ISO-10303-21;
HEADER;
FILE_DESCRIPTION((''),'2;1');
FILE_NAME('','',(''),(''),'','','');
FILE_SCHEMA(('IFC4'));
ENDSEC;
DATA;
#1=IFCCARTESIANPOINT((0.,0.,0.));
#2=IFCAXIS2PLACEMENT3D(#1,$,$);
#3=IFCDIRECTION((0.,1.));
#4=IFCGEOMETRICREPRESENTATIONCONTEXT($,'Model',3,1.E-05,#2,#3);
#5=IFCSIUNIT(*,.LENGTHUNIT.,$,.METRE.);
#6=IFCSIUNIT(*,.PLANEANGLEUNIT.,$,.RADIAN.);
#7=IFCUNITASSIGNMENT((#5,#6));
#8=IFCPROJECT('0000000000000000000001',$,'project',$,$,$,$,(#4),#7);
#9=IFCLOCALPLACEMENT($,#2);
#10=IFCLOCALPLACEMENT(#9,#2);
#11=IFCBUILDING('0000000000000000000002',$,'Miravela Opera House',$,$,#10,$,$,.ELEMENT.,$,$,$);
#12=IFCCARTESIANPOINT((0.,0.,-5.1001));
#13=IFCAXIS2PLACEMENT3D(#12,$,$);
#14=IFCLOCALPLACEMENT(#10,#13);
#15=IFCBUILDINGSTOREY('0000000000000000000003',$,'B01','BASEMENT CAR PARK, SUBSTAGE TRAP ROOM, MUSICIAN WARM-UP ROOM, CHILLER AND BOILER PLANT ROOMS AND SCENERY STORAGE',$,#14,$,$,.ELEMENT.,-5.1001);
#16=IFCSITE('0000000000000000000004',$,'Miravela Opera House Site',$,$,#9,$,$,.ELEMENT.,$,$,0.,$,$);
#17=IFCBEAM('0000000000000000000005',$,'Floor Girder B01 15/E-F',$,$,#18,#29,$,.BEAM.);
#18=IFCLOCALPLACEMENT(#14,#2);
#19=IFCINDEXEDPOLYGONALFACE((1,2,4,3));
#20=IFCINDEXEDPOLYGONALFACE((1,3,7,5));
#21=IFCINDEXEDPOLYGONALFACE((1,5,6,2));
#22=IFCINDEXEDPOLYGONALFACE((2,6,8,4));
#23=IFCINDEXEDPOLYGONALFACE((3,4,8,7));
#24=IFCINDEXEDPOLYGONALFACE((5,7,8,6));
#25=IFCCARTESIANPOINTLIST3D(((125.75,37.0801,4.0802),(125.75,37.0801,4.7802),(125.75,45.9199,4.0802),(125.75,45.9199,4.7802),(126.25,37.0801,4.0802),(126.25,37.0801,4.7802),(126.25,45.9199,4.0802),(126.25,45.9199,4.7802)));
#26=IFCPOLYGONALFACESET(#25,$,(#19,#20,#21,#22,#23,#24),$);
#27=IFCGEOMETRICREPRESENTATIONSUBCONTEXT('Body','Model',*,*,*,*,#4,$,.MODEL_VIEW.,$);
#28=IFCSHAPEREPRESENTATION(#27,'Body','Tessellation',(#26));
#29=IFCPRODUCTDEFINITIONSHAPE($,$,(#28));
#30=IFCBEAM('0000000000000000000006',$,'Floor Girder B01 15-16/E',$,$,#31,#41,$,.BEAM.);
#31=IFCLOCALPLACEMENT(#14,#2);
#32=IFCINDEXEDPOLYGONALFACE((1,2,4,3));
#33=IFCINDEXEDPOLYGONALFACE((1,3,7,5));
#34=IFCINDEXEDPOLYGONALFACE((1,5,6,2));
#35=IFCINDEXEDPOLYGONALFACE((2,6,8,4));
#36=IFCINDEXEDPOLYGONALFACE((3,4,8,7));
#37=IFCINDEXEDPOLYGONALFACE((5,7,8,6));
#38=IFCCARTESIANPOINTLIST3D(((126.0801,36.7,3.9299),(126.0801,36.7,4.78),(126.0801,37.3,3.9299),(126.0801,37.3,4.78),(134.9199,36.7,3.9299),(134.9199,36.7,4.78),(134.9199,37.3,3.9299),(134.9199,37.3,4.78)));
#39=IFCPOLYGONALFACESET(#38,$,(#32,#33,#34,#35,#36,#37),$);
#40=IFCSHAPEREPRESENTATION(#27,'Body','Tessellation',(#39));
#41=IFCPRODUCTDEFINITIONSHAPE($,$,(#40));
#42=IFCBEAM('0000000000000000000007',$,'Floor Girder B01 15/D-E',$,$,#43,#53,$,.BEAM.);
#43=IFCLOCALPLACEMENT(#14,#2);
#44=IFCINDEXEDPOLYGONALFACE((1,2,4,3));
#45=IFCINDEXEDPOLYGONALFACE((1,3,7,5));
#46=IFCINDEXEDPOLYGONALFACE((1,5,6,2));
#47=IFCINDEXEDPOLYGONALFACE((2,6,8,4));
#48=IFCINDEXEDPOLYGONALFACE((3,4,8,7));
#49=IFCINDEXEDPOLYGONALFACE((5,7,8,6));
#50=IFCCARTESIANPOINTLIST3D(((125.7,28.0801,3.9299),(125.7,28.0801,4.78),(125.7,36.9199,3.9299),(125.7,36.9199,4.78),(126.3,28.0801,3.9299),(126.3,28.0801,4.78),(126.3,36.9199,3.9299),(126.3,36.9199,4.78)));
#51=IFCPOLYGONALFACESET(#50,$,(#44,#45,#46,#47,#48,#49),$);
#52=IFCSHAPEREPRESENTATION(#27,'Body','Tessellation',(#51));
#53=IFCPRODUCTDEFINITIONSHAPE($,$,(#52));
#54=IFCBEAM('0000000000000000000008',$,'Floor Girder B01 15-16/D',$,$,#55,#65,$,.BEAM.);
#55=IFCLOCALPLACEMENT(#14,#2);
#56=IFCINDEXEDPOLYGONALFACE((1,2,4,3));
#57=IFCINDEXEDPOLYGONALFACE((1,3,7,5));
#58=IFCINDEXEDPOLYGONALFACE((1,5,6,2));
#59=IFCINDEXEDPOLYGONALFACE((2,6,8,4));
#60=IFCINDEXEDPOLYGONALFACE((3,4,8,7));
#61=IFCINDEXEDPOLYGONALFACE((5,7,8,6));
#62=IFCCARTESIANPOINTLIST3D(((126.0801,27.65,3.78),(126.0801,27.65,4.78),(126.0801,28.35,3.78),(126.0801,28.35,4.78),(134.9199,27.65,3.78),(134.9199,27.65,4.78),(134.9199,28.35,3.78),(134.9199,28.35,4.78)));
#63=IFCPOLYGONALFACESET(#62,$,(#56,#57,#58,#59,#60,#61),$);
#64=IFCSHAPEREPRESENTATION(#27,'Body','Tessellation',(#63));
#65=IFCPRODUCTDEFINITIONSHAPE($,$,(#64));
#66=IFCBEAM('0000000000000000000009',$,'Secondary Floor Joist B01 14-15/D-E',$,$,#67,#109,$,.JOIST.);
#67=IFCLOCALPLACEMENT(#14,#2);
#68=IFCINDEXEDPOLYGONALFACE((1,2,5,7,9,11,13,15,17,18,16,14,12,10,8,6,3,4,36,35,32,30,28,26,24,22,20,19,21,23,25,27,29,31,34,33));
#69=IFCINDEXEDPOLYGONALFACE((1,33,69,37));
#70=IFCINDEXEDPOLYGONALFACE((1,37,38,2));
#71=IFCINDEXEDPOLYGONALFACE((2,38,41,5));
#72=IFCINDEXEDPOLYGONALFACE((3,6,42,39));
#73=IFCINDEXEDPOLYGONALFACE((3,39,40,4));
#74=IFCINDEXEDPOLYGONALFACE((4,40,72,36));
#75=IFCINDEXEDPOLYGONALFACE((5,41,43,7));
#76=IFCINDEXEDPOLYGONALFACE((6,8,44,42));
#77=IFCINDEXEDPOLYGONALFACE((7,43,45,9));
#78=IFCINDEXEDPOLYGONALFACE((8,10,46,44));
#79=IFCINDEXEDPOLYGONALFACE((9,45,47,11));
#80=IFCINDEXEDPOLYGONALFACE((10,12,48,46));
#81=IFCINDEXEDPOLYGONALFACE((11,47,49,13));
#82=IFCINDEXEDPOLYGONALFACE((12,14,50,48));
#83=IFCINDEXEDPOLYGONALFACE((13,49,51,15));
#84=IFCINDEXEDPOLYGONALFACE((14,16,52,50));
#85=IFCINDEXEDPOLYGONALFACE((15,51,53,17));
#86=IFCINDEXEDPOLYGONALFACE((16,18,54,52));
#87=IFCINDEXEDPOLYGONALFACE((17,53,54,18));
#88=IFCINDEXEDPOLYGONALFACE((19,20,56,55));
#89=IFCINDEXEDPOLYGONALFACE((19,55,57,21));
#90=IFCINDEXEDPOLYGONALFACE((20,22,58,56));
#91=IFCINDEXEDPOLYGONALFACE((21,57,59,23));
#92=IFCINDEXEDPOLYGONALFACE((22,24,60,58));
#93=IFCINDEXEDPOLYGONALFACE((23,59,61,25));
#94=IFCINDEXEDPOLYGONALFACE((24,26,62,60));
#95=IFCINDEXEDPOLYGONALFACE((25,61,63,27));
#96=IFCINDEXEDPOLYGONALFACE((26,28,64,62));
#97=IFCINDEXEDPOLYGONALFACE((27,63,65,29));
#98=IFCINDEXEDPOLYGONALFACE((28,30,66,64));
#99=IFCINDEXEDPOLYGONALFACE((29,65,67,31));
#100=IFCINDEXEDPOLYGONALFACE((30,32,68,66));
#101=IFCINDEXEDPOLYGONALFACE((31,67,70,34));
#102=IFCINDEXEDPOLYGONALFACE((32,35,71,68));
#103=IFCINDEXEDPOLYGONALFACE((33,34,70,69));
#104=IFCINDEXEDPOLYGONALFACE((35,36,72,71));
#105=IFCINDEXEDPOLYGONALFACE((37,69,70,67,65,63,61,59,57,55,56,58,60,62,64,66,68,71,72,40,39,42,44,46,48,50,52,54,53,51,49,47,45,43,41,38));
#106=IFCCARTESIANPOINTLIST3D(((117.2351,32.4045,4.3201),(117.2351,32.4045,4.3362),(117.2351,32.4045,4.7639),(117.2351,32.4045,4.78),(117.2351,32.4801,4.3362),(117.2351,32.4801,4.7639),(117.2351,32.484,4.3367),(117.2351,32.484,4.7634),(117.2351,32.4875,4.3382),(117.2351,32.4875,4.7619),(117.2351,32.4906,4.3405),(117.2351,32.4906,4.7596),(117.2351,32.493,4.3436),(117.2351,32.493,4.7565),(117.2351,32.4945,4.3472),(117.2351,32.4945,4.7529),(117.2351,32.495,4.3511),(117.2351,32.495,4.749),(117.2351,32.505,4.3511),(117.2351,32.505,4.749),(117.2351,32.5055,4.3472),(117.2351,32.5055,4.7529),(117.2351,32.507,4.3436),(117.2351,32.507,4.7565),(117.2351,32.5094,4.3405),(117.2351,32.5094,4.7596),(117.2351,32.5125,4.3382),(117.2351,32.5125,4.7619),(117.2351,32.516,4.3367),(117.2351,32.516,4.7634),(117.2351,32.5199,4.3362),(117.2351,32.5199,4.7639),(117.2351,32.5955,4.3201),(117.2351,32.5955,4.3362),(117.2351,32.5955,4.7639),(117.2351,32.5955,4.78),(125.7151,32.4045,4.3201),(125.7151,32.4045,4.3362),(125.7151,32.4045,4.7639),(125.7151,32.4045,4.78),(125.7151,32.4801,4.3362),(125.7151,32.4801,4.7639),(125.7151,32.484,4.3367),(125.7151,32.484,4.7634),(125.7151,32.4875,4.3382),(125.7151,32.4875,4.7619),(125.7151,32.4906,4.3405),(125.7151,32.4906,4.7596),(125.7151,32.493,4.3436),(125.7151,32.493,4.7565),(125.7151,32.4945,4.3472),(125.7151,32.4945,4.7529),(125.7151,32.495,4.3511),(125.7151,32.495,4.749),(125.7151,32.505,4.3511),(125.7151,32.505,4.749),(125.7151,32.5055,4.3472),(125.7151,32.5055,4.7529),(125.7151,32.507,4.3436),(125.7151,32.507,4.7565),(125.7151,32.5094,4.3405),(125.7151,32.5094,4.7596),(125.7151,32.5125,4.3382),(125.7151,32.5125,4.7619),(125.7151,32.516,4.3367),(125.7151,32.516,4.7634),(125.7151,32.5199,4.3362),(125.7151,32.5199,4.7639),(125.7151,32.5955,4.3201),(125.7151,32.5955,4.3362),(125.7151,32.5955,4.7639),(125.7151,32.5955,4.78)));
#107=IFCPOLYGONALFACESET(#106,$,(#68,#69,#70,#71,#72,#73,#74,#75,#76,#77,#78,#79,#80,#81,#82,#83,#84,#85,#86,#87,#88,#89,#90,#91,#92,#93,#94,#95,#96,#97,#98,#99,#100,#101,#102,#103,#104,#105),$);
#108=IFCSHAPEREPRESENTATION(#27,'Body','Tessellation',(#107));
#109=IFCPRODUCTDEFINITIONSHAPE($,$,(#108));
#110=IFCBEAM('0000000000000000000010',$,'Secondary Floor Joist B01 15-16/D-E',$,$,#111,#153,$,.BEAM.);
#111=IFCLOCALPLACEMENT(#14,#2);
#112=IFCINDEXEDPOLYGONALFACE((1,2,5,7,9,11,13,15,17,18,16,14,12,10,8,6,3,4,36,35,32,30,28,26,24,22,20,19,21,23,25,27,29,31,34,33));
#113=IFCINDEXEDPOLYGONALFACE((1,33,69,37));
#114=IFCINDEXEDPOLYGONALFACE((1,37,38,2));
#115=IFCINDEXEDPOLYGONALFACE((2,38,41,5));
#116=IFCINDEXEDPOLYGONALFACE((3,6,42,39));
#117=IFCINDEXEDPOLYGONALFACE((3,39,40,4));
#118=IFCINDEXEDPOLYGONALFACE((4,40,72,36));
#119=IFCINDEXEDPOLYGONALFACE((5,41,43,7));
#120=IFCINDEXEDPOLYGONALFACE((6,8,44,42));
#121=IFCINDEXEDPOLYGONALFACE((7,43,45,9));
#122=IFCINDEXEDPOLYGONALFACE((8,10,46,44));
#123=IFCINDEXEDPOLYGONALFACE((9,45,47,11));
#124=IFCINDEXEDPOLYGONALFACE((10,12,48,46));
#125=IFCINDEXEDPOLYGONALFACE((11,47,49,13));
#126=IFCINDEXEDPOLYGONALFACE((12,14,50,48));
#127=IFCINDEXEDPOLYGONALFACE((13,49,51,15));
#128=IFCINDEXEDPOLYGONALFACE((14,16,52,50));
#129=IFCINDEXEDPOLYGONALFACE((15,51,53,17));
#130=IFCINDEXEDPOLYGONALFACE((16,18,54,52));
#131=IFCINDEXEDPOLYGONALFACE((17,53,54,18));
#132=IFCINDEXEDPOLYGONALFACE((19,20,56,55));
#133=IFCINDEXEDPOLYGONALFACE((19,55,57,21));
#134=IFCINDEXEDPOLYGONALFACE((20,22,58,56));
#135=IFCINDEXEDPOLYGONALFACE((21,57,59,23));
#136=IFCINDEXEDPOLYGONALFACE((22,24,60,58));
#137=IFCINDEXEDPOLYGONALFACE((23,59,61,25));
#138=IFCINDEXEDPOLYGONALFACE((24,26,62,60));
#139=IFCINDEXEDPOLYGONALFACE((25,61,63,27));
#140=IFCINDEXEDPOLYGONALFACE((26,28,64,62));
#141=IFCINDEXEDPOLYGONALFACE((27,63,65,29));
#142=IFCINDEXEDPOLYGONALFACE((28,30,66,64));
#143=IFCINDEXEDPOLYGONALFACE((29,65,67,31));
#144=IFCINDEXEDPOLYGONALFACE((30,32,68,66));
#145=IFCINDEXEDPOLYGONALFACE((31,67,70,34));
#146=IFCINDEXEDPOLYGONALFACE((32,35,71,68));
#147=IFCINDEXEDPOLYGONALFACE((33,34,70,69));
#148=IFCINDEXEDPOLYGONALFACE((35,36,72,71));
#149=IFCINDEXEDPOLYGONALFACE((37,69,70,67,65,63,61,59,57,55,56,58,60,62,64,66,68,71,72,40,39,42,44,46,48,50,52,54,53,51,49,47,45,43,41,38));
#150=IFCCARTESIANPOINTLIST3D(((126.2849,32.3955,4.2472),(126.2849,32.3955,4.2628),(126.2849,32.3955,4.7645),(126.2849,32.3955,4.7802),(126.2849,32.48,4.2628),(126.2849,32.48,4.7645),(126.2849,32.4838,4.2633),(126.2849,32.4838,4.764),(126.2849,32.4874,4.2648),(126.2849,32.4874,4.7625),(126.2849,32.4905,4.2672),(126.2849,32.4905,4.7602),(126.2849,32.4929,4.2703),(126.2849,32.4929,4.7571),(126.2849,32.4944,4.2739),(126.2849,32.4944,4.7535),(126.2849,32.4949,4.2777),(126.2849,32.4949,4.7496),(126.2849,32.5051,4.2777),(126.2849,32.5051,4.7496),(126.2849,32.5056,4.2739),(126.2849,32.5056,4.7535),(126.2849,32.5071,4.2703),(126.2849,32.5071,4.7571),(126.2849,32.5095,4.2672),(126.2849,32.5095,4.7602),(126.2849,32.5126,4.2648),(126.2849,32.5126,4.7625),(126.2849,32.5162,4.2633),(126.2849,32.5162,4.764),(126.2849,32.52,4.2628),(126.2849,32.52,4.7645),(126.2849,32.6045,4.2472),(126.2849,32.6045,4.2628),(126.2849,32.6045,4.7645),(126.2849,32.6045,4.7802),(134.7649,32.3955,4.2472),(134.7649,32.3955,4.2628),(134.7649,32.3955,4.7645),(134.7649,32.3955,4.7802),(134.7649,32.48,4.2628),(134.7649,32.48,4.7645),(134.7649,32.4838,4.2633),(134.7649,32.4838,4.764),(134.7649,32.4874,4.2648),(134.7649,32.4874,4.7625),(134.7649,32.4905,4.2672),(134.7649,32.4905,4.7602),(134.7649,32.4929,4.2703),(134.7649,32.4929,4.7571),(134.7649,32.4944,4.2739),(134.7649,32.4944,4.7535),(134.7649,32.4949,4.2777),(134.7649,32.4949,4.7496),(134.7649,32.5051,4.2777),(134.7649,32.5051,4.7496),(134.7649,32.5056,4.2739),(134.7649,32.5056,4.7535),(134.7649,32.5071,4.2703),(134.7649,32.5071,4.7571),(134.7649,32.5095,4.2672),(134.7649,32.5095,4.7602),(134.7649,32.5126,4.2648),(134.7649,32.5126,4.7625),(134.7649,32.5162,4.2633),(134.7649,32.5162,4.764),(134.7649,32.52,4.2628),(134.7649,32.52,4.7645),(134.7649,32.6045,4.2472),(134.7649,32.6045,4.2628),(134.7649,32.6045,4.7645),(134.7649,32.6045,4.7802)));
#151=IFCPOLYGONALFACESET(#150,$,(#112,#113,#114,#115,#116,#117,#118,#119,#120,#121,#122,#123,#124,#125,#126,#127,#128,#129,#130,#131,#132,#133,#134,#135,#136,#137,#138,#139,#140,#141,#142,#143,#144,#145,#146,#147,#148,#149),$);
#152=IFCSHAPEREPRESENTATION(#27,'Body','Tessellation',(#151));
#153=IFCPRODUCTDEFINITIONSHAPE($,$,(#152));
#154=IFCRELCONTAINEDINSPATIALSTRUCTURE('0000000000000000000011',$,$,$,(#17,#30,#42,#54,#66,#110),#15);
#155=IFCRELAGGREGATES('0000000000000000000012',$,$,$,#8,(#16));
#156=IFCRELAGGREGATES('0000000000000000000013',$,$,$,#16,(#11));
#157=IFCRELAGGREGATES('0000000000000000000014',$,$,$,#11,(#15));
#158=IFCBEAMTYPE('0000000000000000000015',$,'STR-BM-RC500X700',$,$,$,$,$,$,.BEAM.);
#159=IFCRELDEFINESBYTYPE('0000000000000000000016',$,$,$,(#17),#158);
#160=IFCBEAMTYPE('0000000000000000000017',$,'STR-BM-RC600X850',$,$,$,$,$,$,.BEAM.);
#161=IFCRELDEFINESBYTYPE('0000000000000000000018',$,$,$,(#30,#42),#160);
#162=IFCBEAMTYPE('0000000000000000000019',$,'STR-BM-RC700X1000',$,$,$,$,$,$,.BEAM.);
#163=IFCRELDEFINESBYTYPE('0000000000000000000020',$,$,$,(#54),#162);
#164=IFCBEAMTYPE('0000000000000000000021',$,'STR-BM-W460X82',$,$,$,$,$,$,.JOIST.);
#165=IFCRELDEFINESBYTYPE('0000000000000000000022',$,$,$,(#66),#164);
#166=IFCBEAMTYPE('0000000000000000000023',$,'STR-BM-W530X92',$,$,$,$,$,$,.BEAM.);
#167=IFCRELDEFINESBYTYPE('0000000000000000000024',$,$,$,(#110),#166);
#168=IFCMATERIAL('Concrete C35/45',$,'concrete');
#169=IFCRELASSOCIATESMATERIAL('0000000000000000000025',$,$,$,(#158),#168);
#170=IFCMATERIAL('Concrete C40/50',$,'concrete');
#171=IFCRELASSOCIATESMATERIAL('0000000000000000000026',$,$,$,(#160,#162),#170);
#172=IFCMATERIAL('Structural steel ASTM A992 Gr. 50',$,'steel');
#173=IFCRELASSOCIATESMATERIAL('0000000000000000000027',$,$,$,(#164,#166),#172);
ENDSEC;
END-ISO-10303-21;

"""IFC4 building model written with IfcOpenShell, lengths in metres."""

from ifc_helpers import new_model, si_unit, direction, frame, origin, origin_2d, place, context, subcontext, project, spatial, rectangle, i_section, extrude, material, material_profile, profile_set, type_object, element, save


model = new_model("IFC4")

# Units and contexts
model_context = context("Model", 3, precision=1e-05, world=origin(), true_north=direction((0.0, 1.0)))
body_context = subcontext(model_context, "Body", "Model", "MODEL_VIEW")
ifc_project = project(units=[si_unit("LENGTHUNIT", "METRE"), si_unit("PLANEANGLEUNIT", "RADIAN")], contexts=[model_context])

# Site, building, storey
site_placement = place(None, origin())
site = spatial("IfcSite", under=ifc_project, at=site_placement, Name="Miravela Opera House Site", CompositionType="ELEMENT", RefElevation=0.0)
building_placement = place(site_placement, origin())
building = spatial("IfcBuilding", under=site, at=building_placement, Name="Miravela Opera House", CompositionType="ELEMENT")
storey_placement = place(building_placement, frame((0.0, 0.0, -5.1001)))
storey = spatial("IfcBuildingStorey", under=building, at=storey_placement, Name="B01", Description="BASEMENT CAR PARK, SUBSTAGE TRAP ROOM, MUSICIAN WARM-UP ROOM, CHILLER AND BOILER PLANT ROOMS AND SCENERY STORAGE", CompositionType="ELEMENT", Elevation=-5.1001)

# Shared definitions
ifc_material_1 = material(Name="Concrete C35/45", Category="concrete")

# Shared definitions
ifc_material_2 = material(Name="Concrete C40/50", Category="concrete")

# Beams
ifc_material_profile_1 = material_profile(ifc_material_1, rectangle(XDim=0.5, YDim=0.7, at=origin_2d()), Name="RC-BM-500X700")
ifc_profile_set_1 = profile_set([ifc_material_profile_1])
beam_type_1 = type_object("IfcBeamType", Name="STR-BM-RC500X700", PredefinedType="BEAM", material=ifc_profile_set_1)
beam_1_placement = place(storey_placement, frame((126.0, 37.0801, 4.4302), z_axis=(0.0, 1.0, 0.0), x_axis=(-1.0, 0.0, 0.0)))
element("IfcBeam", 1, at=beam_1_placement, inside=storey, type_object=beam_type_1, Name="Floor Girder B01 15/E-F", PredefinedType="BEAM", context=body_context, shape_type="SweptSolid", body=[
    extrude(rectangle(XDim=0.5, YDim=0.7, at=origin_2d()), origin(), (0.0, 0.0, 1.0), 8.8398),
])
ifc_material_profile_2 = material_profile(ifc_material_2, rectangle(XDim=0.6001, YDim=0.8501, at=origin_2d()), Name="RC-BM-600X850")
ifc_profile_set_2 = profile_set([ifc_material_profile_2])
beam_type_2 = type_object("IfcBeamType", Name="STR-BM-RC600X850", PredefinedType="BEAM", material=ifc_profile_set_2)
for number, where, z_axis, x_axis, name in (
    (2, (126.0801, 37.0, 4.355), (1.0, 0.0, 0.0), (0.0, 1.0, 0.0), "Floor Girder B01 15-16/E"),
    (3, (126.0, 28.0801, 4.355), (0.0, 1.0, 0.0), (-1.0, 0.0, 0.0), "Floor Girder B01 15/D-E"),
):
    element("IfcBeam", number, at=place(storey_placement, frame(where, z_axis=z_axis, x_axis=x_axis)), inside=storey, type_object=beam_type_2, Name=name, PredefinedType="BEAM", context=body_context, shape_type="SweptSolid", body=[
        extrude(rectangle(XDim=0.6001, YDim=0.8501, at=origin_2d()), origin(), (0.0, 0.0, 1.0), 8.8398),
    ])
ifc_material_profile_3 = material_profile(ifc_material_2, rectangle(XDim=0.7, YDim=1.0, at=origin_2d()), Name="RC-BM-700X1000")
ifc_profile_set_3 = profile_set([ifc_material_profile_3])
beam_type_3 = type_object("IfcBeamType", Name="STR-BM-RC700X1000", PredefinedType="BEAM", material=ifc_profile_set_3)
beam_2_placement = place(storey_placement, frame((126.0801, 28.0, 4.28), z_axis=(1.0, 0.0, 0.0), x_axis=(0.0, 1.0, 0.0)))
element("IfcBeam", 4, at=beam_2_placement, inside=storey, type_object=beam_type_3, Name="Floor Girder B01 15-16/D", PredefinedType="BEAM", context=body_context, shape_type="SweptSolid", body=[
    extrude(rectangle(XDim=0.7, YDim=1.0, at=origin_2d()), origin(), (0.0, 0.0, 1.0), 8.8398),
])
ifc_material_3 = material(Name="Structural steel ASTM A992 Gr. 50", Category="steel")
ifc_material_profile_4 = material_profile(ifc_material_3, i_section(OverallWidth=0.1909, OverallDepth=0.46, WebThickness=0.01, FlangeThickness=0.0161, FilletRadius=0.0149, at=origin_2d()), Name="W460X82")
ifc_profile_set_4 = profile_set([ifc_material_profile_4])
beam_type_4 = type_object("IfcBeamType", Name="STR-BM-W460X82", PredefinedType="JOIST", material=ifc_profile_set_4)
beam_3_placement = place(storey_placement, frame((117.2351, 32.5, 4.55), z_axis=(1.0, 0.0, 0.0), x_axis=(0.0, 1.0, 0.0)))
element("IfcBeam", 5, at=beam_3_placement, inside=storey, type_object=beam_type_4, Name="Secondary Floor Joist B01 14-15/D-E", PredefinedType="JOIST", context=body_context, shape_type="SweptSolid", body=[
    extrude(i_section(OverallWidth=0.1909, OverallDepth=0.46, WebThickness=0.01, FlangeThickness=0.0161, FilletRadius=0.0149, at=origin_2d()), origin(), (0.0, 0.0, 1.0), 8.48),
])
ifc_material_profile_5 = material_profile(ifc_material_3, i_section(OverallWidth=0.209, OverallDepth=0.533, WebThickness=0.0103, FlangeThickness=0.0156, FilletRadius=0.0149, at=origin_2d()), Name="W530X92")
ifc_profile_set_5 = profile_set([ifc_material_profile_5])
beam_type_5 = type_object("IfcBeamType", Name="STR-BM-W530X92", PredefinedType="BEAM", material=ifc_profile_set_5)
beam_4_placement = place(storey_placement, frame((126.2849, 32.5, 4.5137), z_axis=(1.0, 0.0, 0.0), x_axis=(0.0, 1.0, 0.0)))
element("IfcBeam", 6, at=beam_4_placement, inside=storey, type_object=beam_type_5, Name="Secondary Floor Joist B01 15-16/D-E", PredefinedType="BEAM", context=body_context, shape_type="SweptSolid", body=[
    extrude(i_section(OverallWidth=0.209, OverallDepth=0.533, WebThickness=0.0103, FlangeThickness=0.0156, FilletRadius=0.0149, at=origin_2d()), origin(), (0.0, 0.0, 1.0), 8.48),
])

save(model, "model.ifc")
